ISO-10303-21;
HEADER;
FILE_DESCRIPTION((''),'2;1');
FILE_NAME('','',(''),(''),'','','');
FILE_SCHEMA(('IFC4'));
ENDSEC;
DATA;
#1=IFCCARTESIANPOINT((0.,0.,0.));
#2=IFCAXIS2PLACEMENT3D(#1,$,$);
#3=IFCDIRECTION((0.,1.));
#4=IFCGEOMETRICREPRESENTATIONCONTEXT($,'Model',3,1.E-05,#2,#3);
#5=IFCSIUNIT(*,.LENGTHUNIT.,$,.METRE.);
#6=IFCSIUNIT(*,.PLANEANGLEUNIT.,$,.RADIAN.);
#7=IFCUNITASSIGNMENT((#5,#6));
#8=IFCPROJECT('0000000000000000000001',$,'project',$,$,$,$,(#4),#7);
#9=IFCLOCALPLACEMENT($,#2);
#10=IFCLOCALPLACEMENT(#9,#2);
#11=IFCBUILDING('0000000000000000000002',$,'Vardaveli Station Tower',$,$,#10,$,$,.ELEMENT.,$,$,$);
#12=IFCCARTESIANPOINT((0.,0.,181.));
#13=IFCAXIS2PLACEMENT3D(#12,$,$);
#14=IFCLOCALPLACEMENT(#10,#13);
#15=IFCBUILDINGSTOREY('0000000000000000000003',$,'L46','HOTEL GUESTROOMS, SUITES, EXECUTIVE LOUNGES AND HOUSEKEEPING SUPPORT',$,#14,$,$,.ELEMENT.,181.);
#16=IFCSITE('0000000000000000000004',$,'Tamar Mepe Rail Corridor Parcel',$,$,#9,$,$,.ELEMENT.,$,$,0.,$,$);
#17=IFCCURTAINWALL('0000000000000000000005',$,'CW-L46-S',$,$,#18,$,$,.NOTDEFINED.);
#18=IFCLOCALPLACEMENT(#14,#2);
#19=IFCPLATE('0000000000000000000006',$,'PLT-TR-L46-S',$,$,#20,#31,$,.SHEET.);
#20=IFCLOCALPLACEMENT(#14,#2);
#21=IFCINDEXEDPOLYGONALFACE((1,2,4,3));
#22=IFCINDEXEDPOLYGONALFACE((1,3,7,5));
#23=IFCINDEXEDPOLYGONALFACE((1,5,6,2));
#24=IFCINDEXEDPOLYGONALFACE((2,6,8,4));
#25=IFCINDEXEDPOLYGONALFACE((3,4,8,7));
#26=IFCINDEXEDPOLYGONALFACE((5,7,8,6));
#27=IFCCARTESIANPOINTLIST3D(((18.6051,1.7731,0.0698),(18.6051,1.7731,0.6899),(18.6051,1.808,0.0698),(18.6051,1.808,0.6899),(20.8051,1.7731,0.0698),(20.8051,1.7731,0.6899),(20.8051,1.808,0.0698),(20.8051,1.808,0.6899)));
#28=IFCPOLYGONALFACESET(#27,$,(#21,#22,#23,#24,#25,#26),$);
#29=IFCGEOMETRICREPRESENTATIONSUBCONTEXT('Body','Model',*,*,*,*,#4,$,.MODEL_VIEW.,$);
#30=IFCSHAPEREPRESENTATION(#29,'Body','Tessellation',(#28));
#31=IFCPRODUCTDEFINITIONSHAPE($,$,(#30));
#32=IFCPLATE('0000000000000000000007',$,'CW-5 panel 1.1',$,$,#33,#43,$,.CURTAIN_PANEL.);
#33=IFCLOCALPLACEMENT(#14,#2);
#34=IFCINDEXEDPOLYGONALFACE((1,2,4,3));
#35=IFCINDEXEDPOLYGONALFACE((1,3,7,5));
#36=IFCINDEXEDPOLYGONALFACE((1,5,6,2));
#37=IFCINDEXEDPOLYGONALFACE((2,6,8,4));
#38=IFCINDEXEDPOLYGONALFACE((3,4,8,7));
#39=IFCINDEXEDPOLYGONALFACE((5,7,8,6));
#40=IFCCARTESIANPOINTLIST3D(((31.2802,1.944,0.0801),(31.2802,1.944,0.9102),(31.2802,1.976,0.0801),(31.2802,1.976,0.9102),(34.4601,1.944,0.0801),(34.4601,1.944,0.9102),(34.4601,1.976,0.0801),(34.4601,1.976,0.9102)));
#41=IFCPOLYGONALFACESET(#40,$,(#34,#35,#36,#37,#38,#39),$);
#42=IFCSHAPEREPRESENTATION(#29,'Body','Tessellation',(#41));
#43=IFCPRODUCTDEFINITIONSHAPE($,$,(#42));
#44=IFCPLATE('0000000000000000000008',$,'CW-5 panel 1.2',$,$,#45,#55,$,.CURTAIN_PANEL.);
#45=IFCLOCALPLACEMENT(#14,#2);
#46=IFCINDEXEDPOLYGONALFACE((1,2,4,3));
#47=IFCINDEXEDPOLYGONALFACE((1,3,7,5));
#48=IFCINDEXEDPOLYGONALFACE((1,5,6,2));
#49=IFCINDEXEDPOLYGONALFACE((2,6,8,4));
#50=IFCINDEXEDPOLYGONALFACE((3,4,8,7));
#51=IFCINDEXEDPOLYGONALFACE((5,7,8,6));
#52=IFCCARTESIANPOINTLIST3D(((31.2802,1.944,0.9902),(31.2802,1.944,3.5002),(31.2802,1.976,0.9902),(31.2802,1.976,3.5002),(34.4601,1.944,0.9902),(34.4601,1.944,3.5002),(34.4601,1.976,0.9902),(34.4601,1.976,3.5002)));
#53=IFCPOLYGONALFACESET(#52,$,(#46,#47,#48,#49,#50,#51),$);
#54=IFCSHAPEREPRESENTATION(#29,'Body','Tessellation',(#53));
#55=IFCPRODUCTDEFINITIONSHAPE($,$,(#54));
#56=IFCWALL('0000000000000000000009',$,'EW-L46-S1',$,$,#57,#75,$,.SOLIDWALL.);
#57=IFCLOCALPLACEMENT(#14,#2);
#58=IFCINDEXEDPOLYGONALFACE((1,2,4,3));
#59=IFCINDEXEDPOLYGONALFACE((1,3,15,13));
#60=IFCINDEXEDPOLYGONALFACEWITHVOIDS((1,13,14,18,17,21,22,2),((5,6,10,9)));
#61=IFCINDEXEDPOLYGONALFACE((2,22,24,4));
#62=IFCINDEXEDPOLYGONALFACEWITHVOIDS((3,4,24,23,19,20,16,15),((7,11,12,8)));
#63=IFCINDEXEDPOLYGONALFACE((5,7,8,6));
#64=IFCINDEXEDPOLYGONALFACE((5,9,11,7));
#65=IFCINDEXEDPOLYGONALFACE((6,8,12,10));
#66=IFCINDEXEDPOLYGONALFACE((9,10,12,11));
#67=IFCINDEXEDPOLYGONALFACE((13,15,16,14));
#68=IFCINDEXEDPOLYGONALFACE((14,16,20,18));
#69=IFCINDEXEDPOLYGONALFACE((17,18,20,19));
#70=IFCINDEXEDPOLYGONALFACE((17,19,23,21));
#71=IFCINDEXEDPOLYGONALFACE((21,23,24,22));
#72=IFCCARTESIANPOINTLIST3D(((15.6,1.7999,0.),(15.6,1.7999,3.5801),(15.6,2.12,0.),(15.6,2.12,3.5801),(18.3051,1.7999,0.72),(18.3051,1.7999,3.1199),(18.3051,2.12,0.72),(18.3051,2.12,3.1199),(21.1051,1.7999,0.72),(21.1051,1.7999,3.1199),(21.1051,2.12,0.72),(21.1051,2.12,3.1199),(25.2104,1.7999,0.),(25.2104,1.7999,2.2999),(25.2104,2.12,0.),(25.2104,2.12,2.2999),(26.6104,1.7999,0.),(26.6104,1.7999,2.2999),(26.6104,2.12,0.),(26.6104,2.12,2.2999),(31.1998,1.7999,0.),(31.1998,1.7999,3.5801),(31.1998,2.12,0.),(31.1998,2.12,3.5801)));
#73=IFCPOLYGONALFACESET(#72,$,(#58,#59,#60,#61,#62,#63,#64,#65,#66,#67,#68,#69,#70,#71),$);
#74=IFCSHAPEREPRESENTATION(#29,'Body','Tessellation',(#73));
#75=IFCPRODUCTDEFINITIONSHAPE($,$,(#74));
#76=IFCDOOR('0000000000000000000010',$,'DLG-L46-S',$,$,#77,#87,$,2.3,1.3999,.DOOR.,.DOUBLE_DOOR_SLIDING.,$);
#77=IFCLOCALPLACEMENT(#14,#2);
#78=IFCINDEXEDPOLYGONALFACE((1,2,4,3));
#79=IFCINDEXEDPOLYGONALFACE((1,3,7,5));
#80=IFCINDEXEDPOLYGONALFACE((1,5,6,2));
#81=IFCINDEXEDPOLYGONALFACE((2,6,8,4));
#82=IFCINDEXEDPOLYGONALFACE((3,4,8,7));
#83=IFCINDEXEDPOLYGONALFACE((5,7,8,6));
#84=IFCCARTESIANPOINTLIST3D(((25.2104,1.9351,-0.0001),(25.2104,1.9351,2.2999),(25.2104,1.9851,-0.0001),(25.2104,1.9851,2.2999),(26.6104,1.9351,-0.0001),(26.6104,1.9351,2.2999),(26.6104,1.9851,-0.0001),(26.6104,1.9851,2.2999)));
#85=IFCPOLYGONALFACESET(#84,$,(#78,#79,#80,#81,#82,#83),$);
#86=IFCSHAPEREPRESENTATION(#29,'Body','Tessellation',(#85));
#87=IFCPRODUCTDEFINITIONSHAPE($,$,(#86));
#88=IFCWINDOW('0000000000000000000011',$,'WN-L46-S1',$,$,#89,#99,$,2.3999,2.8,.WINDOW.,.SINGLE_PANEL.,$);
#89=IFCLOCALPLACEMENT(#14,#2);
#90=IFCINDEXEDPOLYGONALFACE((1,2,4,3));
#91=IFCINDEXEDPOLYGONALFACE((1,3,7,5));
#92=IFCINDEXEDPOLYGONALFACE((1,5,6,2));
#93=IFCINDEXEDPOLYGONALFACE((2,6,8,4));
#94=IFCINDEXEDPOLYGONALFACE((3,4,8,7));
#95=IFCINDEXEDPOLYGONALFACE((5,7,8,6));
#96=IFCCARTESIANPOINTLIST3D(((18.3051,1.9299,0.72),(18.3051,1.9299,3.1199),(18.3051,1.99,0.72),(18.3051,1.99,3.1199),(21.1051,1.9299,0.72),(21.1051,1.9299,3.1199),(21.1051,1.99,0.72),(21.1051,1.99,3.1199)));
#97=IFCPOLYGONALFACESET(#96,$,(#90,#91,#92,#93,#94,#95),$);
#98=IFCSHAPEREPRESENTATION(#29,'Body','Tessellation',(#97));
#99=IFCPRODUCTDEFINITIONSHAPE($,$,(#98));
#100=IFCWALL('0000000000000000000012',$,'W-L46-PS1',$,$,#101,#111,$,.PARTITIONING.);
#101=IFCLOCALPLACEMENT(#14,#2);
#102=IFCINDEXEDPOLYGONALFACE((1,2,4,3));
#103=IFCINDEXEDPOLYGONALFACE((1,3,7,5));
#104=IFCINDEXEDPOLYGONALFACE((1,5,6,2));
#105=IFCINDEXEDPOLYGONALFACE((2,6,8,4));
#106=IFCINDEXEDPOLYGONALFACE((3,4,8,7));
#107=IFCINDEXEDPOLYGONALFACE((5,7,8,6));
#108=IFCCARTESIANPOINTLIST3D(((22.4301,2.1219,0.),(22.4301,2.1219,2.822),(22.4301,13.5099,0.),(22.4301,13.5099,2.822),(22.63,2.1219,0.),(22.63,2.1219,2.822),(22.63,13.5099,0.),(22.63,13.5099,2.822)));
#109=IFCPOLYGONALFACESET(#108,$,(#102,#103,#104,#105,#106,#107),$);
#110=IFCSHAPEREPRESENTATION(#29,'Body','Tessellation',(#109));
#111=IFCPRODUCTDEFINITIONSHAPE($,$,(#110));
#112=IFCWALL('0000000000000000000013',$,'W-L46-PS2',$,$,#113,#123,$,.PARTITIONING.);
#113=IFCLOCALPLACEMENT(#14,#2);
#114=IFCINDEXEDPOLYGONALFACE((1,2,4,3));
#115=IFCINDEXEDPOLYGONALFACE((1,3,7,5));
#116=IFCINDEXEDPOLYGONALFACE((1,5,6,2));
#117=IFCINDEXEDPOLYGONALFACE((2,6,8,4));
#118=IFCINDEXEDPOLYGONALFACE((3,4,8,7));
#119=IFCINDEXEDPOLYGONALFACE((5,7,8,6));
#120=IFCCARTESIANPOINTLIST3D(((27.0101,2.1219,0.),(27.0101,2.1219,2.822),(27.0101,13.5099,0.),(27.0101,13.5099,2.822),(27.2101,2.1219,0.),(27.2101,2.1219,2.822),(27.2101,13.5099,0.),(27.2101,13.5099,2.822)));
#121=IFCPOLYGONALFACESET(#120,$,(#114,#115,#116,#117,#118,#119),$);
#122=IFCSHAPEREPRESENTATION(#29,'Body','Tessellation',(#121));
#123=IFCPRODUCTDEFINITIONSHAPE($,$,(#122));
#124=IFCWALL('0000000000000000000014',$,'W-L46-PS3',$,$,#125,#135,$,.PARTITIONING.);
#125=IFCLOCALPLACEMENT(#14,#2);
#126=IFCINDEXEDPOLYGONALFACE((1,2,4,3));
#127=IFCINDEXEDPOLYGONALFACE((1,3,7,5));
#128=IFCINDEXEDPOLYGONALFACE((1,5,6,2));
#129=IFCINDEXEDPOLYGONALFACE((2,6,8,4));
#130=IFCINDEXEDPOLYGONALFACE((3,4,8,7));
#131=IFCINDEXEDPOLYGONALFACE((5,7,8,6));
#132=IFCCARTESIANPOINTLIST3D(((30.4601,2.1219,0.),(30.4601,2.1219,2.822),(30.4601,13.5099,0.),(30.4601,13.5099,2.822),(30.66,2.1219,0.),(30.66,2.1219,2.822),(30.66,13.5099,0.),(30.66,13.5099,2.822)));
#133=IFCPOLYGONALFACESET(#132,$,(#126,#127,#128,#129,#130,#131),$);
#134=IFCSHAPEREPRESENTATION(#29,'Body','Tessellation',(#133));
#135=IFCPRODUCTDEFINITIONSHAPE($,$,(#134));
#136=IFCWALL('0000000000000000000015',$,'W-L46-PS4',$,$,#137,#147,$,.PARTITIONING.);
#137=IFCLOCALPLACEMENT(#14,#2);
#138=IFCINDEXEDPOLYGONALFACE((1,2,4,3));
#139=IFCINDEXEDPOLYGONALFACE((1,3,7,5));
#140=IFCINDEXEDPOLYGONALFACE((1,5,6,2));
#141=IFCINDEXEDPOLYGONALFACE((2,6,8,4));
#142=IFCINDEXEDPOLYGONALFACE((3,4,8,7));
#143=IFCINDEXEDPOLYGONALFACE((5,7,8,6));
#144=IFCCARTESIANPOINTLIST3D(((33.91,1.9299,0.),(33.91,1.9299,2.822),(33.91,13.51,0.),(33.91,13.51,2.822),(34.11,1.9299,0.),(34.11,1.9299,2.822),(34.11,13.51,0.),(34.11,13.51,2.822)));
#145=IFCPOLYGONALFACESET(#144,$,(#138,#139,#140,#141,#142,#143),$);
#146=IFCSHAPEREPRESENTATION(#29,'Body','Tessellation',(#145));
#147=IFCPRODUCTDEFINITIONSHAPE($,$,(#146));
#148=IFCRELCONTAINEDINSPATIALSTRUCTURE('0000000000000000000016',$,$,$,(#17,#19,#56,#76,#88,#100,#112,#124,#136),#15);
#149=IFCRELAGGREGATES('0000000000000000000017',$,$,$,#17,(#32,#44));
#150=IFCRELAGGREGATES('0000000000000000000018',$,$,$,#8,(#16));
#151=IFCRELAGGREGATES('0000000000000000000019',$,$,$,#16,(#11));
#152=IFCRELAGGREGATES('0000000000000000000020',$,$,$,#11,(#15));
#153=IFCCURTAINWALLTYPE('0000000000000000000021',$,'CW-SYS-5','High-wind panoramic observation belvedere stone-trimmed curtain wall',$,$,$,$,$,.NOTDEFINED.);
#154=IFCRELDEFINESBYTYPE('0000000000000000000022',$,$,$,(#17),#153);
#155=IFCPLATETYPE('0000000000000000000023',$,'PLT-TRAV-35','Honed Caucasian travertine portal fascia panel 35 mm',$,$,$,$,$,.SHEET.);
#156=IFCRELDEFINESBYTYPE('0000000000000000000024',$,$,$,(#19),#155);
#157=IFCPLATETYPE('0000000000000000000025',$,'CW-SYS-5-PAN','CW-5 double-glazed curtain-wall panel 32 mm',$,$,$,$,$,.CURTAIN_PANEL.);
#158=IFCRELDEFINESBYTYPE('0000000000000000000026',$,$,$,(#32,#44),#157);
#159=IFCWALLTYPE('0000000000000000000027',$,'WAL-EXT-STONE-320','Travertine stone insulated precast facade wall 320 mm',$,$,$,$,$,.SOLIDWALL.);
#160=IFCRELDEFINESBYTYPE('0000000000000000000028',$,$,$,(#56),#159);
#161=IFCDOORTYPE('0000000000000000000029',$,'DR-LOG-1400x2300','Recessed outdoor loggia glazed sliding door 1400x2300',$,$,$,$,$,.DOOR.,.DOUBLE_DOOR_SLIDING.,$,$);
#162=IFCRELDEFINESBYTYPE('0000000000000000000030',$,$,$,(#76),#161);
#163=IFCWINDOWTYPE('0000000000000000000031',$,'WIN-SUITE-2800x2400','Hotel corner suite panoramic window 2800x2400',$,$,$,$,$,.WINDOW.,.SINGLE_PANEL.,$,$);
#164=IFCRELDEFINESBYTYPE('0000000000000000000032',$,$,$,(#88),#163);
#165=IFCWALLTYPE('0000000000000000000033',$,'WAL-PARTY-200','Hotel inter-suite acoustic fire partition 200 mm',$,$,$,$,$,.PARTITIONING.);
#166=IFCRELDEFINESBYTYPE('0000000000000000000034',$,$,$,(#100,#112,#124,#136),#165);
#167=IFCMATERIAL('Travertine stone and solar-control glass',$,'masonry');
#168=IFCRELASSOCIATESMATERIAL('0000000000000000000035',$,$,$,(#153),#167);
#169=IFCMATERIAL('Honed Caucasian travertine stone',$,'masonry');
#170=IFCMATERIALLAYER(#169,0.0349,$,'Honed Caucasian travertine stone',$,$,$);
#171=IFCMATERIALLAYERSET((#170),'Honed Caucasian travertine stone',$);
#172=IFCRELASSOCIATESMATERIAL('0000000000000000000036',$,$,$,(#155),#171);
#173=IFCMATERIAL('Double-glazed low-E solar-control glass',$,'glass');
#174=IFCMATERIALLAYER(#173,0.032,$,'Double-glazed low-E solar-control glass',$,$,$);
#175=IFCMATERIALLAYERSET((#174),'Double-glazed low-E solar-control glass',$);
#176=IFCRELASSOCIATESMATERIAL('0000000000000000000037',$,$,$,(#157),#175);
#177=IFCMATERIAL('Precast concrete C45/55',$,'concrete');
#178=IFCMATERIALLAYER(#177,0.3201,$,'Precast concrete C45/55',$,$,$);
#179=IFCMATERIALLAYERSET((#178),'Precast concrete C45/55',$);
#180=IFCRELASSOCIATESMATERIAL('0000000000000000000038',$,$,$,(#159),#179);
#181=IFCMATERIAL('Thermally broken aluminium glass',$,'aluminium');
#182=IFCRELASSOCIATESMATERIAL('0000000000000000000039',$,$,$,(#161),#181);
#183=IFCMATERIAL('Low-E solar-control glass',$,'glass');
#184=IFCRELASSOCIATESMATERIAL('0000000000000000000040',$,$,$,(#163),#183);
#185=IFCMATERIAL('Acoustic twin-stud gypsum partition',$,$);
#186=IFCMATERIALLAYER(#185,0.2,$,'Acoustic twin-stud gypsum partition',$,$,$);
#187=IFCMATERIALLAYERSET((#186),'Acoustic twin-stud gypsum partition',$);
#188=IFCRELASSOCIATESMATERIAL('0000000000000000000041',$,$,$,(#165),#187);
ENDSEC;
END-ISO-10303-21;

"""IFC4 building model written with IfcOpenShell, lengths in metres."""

from ifc_helpers import new_model, si_unit, direction, frame, frame_2d, origin, origin_2d, place, context, subcontext, project, spatial, rectangle, extrude, source, transform, mapped, material, layer, layer_set, type_object, element, fill, aggregate, save


model = new_model("IFC4")

# Units and contexts
model_context = context("Model", 3, precision=1e-05, world=origin(), true_north=direction((0.0, 1.0)))
body_context = subcontext(model_context, "Body", "Model", "MODEL_VIEW")
ifc_project = project(units=[si_unit("LENGTHUNIT", "METRE"), si_unit("PLANEANGLEUNIT", "RADIAN")], contexts=[model_context])

# Site, building, storey
site_placement = place(None, origin())
site = spatial("IfcSite", under=ifc_project, at=site_placement, Name="Tamar Mepe Rail Corridor Parcel", CompositionType="ELEMENT", RefElevation=0.0)
building_placement = place(site_placement, origin())
building = spatial("IfcBuilding", under=site, at=building_placement, Name="Vardaveli Station Tower", CompositionType="ELEMENT")
storey_placement = place(building_placement, frame((0.0, 0.0, 181.0)))
storey = spatial("IfcBuildingStorey", under=building, at=storey_placement, Name="L46", Description="HOTEL GUESTROOMS, SUITES, EXECUTIVE LOUNGES AND HOUSEKEEPING SUPPORT", CompositionType="ELEMENT", Elevation=181.0)

# Shared definitions
ifc_material_1 = material(Name="Precast concrete C45/55", Category="concrete")

# Curtain wall
ifc_material_2 = material(Name="Travertine stone and solar-control glass", Category="masonry")
curtain_wall_type = type_object("IfcCurtainWallType", Name="CW-SYS-5", Description="High-wind panoramic observation belvedere stone-trimmed curtain wall", PredefinedType="NOTDEFINED", material=ifc_material_2)
curtain_wall_placement = place(storey_placement, origin())
curtain_wall = element("IfcCurtainWall", 1, at=curtain_wall_placement, inside=storey, type_object=curtain_wall_type, Name="CW-L46-S", PredefinedType="NOTDEFINED")

# Plates
ifc_material_3 = material(Name="Honed Caucasian travertine stone", Category="masonry")
ifc_layer_1 = layer(ifc_material_3, 0.0349, Name="Honed Caucasian travertine stone")
ifc_layer_set_1 = layer_set([ifc_layer_1], Name="Honed Caucasian travertine stone")
plate_type_1 = type_object("IfcPlateType", Name="PLT-TRAV-35", Description="Honed Caucasian travertine portal fascia panel 35 mm", PredefinedType="SHEET", material=ifc_layer_set_1)
shared_shape_1 = source(origin(), body_context, "Body", "SweptSolid", [
    extrude(rectangle(XDim=2.2, YDim=0.0349, at=origin_2d()), origin(), (0.0, 0.0, 1.0), 0.6201),
])
plate_1_placement = place(storey_placement, frame((19.7051, 1.7905, 0.0698), z_axis=(0.0, 0.0, 1.0), x_axis=(1.0, 0.0, 0.0)))
element("IfcPlate", 2, at=plate_1_placement, inside=storey, type_object=plate_type_1, Name="PLT-TR-L46-S", PredefinedType="SHEET", context=body_context, shape_type="MappedRepresentation", body=[
    mapped(shared_shape_1, transform((0.0, 0.0, 0.0), scale=1.0)),
])
ifc_material_4 = material(Name="Double-glazed low-E solar-control glass", Category="glass")
ifc_layer_2 = layer(ifc_material_4, 0.032, Name="Double-glazed low-E solar-control glass")
ifc_layer_set_2 = layer_set([ifc_layer_2], Name="Double-glazed low-E solar-control glass")
plate_type_2 = type_object("IfcPlateType", Name="CW-SYS-5-PAN", Description="CW-5 double-glazed curtain-wall panel 32 mm", PredefinedType="CURTAIN_PANEL", material=ifc_layer_set_2)
shared_shape_2 = source(origin(), body_context, "Body", "SweptSolid", [
    extrude(rectangle(XDim=3.1799, YDim=0.032, at=origin_2d()), origin(), (0.0, 0.0, 1.0), 0.8301),
])
plate_2_placement = place(storey_placement, frame((32.8701, 1.96, 0.0801), z_axis=(0.0, 0.0, 1.0), x_axis=(1.0, 0.0, 0.0)))
plate_2 = element("IfcPlate", 3, at=plate_2_placement, type_object=plate_type_2, Name="CW-5 panel 1.1", PredefinedType="CURTAIN_PANEL", context=body_context, shape_type="MappedRepresentation", body=[
    mapped(shared_shape_2, transform((0.0, 0.0, 0.0), scale=1.0)),
])
shared_shape_3 = source(origin(), body_context, "Body", "SweptSolid", [
    extrude(rectangle(XDim=3.1799, YDim=0.032, at=origin_2d()), origin(), (0.0, 0.0, 1.0), 2.51),
])
plate_3_placement = place(storey_placement, frame((32.8701, 1.96, 0.9902), z_axis=(0.0, 0.0, 1.0), x_axis=(1.0, 0.0, 0.0)))
plate_3 = element("IfcPlate", 4, at=plate_3_placement, type_object=plate_type_2, Name="CW-5 panel 1.2", PredefinedType="CURTAIN_PANEL", context=body_context, shape_type="MappedRepresentation", body=[
    mapped(shared_shape_3, transform((0.0, 0.0, 0.0), scale=1.0)),
])
aggregate(curtain_wall, [plate_2, plate_3])

# Wall, openings, door, window
ifc_layer_3 = layer(ifc_material_1, 0.3201, Name="Precast concrete C45/55")
ifc_layer_set_3 = layer_set([ifc_layer_3], Name="Precast concrete C45/55")
wall_type_1 = type_object("IfcWallType", Name="WAL-EXT-STONE-320", Description="Travertine stone insulated precast facade wall 320 mm", PredefinedType="SOLIDWALL", material=ifc_layer_set_3)
shared_shape_4 = source(origin(), body_context, "Body", "SweptSolid", [
    extrude(rectangle(XDim=15.5999, YDim=0.3201, at=frame_2d((7.7998, 0.0))), origin(), (0.0, 0.0, 1.0), 3.5801),
])
wall_1_placement = place(storey_placement, frame((15.6001, 1.96, 0.0), z_axis=(0.0, 0.0, 1.0), x_axis=(1.0, 0.0, 0.0)))
wall_1 = element("IfcWall", 5, at=wall_1_placement, inside=storey, type_object=wall_type_1, Name="EW-L46-S1", PredefinedType="SOLIDWALL", context=body_context, shape_type="MappedRepresentation", body=[
    mapped(shared_shape_4, transform((0.0, 0.0, 0.0), scale=1.0)),
])
shared_shape_5 = source(origin(), body_context, "Body", "SweptSolid", [
    extrude(rectangle(XDim=1.3999, YDim=2.3, at=frame_2d((0.7, 1.1499))), frame((0.0, 0.1699, 0.0), z_axis=(0.0, -1.0, 0.0), x_axis=(1.0, 0.0, 0.0)), (0.0, 0.0, 1.0), 0.3401),
])
opening_1_placement = place(wall_1_placement, frame((9.6104, 0.0, 0.0)))
opening_1 = element("IfcOpeningElement", 6, at=opening_1_placement, cuts=wall_1, PredefinedType="OPENING", context=body_context, shape_type="MappedRepresentation", body=[
    mapped(shared_shape_5, transform((0.0, 0.0, 0.0), scale=1.0)),
])
shared_shape_6 = source(origin(), body_context, "Body", "SweptSolid", [
    extrude(rectangle(XDim=2.8, YDim=2.3999, at=frame_2d((1.3999, 1.2))), frame((0.0, 0.1699, 0.0), z_axis=(0.0, -1.0, 0.0), x_axis=(1.0, 0.0, 0.0)), (0.0, 0.0, 1.0), 0.3401),
])
opening_2_placement = place(wall_1_placement, frame((2.7051, 0.0, 0.72)))
opening_2 = element("IfcOpeningElement", 7, at=opening_2_placement, cuts=wall_1, PredefinedType="OPENING", context=body_context, shape_type="MappedRepresentation", body=[
    mapped(shared_shape_6, transform((0.0, 0.0, 0.0), scale=1.0)),
])
ifc_material_5 = material(Name="Thermally broken aluminium glass", Category="aluminium")
door_type = type_object("IfcDoorType", Name="DR-LOG-1400x2300", Description="Recessed outdoor loggia glazed sliding door 1400x2300", OperationType="DOUBLE_DOOR_SLIDING", PredefinedType="DOOR", material=ifc_material_5)
shared_shape_7 = source(origin(), body_context, "Body", "SweptSolid", [
    extrude(rectangle(XDim=1.3999, YDim=2.3, at=frame_2d((0.7, 1.1499))), frame((0.0, 0.0249, 0.0), z_axis=(0.0, -1.0, 0.0), x_axis=(1.0, 0.0, 0.0)), (0.0, 0.0, 1.0), 0.05),
])
door_placement = place(opening_1_placement, frame((1.3999, 0.0, 0.0), z_axis=(0.0, 0.0, 1.0), x_axis=(-1.0, 0.0, 0.0)))
door = element("IfcDoor", 8, at=door_placement, inside=storey, type_object=door_type, Name="DLG-L46-S", OperationType="DOUBLE_DOOR_SLIDING", OverallHeight=2.3, OverallWidth=1.3999, PredefinedType="DOOR", context=body_context, shape_type="MappedRepresentation", body=[
    mapped(shared_shape_7, transform((0.0, 0.0, 0.0), scale=1.0)),
])
fill(opening_1, door)
ifc_material_6 = material(Name="Low-E solar-control glass", Category="glass")
window_type = type_object("IfcWindowType", Name="WIN-SUITE-2800x2400", Description="Hotel corner suite panoramic window 2800x2400", PartitioningType="SINGLE_PANEL", PredefinedType="WINDOW", material=ifc_material_6)
shared_shape_8 = source(origin(), body_context, "Body", "SweptSolid", [
    extrude(rectangle(XDim=2.8, YDim=2.3999, at=frame_2d((1.3999, 1.2))), frame((0.0, 0.03, 0.0), z_axis=(0.0, -1.0, 0.0), x_axis=(1.0, 0.0, 0.0)), (0.0, 0.0, 1.0), 0.0601),
])
window_placement = place(opening_2_placement, origin())
window = element("IfcWindow", 9, at=window_placement, inside=storey, type_object=window_type, Name="WN-L46-S1", OverallHeight=2.3999, OverallWidth=2.8, PartitioningType="SINGLE_PANEL", PredefinedType="WINDOW", context=body_context, shape_type="MappedRepresentation", body=[
    mapped(shared_shape_8, transform((0.0, 0.0, 0.0), scale=1.0)),
])
fill(opening_2, window)

# Walls
ifc_material_7 = material(Name="Acoustic twin-stud gypsum partition")
ifc_layer_4 = layer(ifc_material_7, 0.2, Name="Acoustic twin-stud gypsum partition")
ifc_layer_set_4 = layer_set([ifc_layer_4], Name="Acoustic twin-stud gypsum partition")
wall_type_2 = type_object("IfcWallType", Name="WAL-PARTY-200", Description="Hotel inter-suite acoustic fire partition 200 mm", PredefinedType="PARTITIONING", material=ifc_layer_set_4)
shared_shape_9 = source(origin(), body_context, "Body", "SweptSolid", [
    extrude(rectangle(XDim=11.3879, YDim=0.2, at=frame_2d((5.6938, 0.0))), origin(), (0.0, 0.0, 1.0), 2.822),
])
for number, where, z_axis, x_axis, name in (
    (10, (22.53, 2.1221, 0.0), (0.0, 0.0, 1.0), (0.0, 1.0, 0.0), "W-L46-PS1"),
    (11, (27.1101, 2.1221, 0.0), (0.0, 0.0, 1.0), (0.0, 1.0, 0.0), "W-L46-PS2"),
    (12, (30.5601, 2.1221, 0.0), (0.0, 0.0, 1.0), (0.0, 1.0, 0.0), "W-L46-PS3"),
):
    element("IfcWall", number, at=place(storey_placement, frame(where, z_axis=z_axis, x_axis=x_axis)), inside=storey, type_object=wall_type_2, Name=name, PredefinedType="PARTITIONING", context=body_context, shape_type="MappedRepresentation", body=[
        mapped(shared_shape_9, transform((0.0, 0.0, 0.0), scale=1.0)),
    ])
shared_shape_10 = source(origin(), body_context, "Body", "SweptSolid", [
    extrude(rectangle(XDim=11.5801, YDim=0.2, at=frame_2d((5.79, 0.0))), origin(), (0.0, 0.0, 1.0), 2.822),
])
wall_2_placement = place(storey_placement, frame((34.01, 1.9299, 0.0), z_axis=(0.0, 0.0, 1.0), x_axis=(0.0, 1.0, 0.0)))
element("IfcWall", 13, at=wall_2_placement, inside=storey, type_object=wall_type_2, Name="W-L46-PS4", PredefinedType="PARTITIONING", context=body_context, shape_type="MappedRepresentation", body=[
    mapped(shared_shape_10, transform((0.0, 0.0, 0.0), scale=1.0)),
])

save(model, "model.ifc")
